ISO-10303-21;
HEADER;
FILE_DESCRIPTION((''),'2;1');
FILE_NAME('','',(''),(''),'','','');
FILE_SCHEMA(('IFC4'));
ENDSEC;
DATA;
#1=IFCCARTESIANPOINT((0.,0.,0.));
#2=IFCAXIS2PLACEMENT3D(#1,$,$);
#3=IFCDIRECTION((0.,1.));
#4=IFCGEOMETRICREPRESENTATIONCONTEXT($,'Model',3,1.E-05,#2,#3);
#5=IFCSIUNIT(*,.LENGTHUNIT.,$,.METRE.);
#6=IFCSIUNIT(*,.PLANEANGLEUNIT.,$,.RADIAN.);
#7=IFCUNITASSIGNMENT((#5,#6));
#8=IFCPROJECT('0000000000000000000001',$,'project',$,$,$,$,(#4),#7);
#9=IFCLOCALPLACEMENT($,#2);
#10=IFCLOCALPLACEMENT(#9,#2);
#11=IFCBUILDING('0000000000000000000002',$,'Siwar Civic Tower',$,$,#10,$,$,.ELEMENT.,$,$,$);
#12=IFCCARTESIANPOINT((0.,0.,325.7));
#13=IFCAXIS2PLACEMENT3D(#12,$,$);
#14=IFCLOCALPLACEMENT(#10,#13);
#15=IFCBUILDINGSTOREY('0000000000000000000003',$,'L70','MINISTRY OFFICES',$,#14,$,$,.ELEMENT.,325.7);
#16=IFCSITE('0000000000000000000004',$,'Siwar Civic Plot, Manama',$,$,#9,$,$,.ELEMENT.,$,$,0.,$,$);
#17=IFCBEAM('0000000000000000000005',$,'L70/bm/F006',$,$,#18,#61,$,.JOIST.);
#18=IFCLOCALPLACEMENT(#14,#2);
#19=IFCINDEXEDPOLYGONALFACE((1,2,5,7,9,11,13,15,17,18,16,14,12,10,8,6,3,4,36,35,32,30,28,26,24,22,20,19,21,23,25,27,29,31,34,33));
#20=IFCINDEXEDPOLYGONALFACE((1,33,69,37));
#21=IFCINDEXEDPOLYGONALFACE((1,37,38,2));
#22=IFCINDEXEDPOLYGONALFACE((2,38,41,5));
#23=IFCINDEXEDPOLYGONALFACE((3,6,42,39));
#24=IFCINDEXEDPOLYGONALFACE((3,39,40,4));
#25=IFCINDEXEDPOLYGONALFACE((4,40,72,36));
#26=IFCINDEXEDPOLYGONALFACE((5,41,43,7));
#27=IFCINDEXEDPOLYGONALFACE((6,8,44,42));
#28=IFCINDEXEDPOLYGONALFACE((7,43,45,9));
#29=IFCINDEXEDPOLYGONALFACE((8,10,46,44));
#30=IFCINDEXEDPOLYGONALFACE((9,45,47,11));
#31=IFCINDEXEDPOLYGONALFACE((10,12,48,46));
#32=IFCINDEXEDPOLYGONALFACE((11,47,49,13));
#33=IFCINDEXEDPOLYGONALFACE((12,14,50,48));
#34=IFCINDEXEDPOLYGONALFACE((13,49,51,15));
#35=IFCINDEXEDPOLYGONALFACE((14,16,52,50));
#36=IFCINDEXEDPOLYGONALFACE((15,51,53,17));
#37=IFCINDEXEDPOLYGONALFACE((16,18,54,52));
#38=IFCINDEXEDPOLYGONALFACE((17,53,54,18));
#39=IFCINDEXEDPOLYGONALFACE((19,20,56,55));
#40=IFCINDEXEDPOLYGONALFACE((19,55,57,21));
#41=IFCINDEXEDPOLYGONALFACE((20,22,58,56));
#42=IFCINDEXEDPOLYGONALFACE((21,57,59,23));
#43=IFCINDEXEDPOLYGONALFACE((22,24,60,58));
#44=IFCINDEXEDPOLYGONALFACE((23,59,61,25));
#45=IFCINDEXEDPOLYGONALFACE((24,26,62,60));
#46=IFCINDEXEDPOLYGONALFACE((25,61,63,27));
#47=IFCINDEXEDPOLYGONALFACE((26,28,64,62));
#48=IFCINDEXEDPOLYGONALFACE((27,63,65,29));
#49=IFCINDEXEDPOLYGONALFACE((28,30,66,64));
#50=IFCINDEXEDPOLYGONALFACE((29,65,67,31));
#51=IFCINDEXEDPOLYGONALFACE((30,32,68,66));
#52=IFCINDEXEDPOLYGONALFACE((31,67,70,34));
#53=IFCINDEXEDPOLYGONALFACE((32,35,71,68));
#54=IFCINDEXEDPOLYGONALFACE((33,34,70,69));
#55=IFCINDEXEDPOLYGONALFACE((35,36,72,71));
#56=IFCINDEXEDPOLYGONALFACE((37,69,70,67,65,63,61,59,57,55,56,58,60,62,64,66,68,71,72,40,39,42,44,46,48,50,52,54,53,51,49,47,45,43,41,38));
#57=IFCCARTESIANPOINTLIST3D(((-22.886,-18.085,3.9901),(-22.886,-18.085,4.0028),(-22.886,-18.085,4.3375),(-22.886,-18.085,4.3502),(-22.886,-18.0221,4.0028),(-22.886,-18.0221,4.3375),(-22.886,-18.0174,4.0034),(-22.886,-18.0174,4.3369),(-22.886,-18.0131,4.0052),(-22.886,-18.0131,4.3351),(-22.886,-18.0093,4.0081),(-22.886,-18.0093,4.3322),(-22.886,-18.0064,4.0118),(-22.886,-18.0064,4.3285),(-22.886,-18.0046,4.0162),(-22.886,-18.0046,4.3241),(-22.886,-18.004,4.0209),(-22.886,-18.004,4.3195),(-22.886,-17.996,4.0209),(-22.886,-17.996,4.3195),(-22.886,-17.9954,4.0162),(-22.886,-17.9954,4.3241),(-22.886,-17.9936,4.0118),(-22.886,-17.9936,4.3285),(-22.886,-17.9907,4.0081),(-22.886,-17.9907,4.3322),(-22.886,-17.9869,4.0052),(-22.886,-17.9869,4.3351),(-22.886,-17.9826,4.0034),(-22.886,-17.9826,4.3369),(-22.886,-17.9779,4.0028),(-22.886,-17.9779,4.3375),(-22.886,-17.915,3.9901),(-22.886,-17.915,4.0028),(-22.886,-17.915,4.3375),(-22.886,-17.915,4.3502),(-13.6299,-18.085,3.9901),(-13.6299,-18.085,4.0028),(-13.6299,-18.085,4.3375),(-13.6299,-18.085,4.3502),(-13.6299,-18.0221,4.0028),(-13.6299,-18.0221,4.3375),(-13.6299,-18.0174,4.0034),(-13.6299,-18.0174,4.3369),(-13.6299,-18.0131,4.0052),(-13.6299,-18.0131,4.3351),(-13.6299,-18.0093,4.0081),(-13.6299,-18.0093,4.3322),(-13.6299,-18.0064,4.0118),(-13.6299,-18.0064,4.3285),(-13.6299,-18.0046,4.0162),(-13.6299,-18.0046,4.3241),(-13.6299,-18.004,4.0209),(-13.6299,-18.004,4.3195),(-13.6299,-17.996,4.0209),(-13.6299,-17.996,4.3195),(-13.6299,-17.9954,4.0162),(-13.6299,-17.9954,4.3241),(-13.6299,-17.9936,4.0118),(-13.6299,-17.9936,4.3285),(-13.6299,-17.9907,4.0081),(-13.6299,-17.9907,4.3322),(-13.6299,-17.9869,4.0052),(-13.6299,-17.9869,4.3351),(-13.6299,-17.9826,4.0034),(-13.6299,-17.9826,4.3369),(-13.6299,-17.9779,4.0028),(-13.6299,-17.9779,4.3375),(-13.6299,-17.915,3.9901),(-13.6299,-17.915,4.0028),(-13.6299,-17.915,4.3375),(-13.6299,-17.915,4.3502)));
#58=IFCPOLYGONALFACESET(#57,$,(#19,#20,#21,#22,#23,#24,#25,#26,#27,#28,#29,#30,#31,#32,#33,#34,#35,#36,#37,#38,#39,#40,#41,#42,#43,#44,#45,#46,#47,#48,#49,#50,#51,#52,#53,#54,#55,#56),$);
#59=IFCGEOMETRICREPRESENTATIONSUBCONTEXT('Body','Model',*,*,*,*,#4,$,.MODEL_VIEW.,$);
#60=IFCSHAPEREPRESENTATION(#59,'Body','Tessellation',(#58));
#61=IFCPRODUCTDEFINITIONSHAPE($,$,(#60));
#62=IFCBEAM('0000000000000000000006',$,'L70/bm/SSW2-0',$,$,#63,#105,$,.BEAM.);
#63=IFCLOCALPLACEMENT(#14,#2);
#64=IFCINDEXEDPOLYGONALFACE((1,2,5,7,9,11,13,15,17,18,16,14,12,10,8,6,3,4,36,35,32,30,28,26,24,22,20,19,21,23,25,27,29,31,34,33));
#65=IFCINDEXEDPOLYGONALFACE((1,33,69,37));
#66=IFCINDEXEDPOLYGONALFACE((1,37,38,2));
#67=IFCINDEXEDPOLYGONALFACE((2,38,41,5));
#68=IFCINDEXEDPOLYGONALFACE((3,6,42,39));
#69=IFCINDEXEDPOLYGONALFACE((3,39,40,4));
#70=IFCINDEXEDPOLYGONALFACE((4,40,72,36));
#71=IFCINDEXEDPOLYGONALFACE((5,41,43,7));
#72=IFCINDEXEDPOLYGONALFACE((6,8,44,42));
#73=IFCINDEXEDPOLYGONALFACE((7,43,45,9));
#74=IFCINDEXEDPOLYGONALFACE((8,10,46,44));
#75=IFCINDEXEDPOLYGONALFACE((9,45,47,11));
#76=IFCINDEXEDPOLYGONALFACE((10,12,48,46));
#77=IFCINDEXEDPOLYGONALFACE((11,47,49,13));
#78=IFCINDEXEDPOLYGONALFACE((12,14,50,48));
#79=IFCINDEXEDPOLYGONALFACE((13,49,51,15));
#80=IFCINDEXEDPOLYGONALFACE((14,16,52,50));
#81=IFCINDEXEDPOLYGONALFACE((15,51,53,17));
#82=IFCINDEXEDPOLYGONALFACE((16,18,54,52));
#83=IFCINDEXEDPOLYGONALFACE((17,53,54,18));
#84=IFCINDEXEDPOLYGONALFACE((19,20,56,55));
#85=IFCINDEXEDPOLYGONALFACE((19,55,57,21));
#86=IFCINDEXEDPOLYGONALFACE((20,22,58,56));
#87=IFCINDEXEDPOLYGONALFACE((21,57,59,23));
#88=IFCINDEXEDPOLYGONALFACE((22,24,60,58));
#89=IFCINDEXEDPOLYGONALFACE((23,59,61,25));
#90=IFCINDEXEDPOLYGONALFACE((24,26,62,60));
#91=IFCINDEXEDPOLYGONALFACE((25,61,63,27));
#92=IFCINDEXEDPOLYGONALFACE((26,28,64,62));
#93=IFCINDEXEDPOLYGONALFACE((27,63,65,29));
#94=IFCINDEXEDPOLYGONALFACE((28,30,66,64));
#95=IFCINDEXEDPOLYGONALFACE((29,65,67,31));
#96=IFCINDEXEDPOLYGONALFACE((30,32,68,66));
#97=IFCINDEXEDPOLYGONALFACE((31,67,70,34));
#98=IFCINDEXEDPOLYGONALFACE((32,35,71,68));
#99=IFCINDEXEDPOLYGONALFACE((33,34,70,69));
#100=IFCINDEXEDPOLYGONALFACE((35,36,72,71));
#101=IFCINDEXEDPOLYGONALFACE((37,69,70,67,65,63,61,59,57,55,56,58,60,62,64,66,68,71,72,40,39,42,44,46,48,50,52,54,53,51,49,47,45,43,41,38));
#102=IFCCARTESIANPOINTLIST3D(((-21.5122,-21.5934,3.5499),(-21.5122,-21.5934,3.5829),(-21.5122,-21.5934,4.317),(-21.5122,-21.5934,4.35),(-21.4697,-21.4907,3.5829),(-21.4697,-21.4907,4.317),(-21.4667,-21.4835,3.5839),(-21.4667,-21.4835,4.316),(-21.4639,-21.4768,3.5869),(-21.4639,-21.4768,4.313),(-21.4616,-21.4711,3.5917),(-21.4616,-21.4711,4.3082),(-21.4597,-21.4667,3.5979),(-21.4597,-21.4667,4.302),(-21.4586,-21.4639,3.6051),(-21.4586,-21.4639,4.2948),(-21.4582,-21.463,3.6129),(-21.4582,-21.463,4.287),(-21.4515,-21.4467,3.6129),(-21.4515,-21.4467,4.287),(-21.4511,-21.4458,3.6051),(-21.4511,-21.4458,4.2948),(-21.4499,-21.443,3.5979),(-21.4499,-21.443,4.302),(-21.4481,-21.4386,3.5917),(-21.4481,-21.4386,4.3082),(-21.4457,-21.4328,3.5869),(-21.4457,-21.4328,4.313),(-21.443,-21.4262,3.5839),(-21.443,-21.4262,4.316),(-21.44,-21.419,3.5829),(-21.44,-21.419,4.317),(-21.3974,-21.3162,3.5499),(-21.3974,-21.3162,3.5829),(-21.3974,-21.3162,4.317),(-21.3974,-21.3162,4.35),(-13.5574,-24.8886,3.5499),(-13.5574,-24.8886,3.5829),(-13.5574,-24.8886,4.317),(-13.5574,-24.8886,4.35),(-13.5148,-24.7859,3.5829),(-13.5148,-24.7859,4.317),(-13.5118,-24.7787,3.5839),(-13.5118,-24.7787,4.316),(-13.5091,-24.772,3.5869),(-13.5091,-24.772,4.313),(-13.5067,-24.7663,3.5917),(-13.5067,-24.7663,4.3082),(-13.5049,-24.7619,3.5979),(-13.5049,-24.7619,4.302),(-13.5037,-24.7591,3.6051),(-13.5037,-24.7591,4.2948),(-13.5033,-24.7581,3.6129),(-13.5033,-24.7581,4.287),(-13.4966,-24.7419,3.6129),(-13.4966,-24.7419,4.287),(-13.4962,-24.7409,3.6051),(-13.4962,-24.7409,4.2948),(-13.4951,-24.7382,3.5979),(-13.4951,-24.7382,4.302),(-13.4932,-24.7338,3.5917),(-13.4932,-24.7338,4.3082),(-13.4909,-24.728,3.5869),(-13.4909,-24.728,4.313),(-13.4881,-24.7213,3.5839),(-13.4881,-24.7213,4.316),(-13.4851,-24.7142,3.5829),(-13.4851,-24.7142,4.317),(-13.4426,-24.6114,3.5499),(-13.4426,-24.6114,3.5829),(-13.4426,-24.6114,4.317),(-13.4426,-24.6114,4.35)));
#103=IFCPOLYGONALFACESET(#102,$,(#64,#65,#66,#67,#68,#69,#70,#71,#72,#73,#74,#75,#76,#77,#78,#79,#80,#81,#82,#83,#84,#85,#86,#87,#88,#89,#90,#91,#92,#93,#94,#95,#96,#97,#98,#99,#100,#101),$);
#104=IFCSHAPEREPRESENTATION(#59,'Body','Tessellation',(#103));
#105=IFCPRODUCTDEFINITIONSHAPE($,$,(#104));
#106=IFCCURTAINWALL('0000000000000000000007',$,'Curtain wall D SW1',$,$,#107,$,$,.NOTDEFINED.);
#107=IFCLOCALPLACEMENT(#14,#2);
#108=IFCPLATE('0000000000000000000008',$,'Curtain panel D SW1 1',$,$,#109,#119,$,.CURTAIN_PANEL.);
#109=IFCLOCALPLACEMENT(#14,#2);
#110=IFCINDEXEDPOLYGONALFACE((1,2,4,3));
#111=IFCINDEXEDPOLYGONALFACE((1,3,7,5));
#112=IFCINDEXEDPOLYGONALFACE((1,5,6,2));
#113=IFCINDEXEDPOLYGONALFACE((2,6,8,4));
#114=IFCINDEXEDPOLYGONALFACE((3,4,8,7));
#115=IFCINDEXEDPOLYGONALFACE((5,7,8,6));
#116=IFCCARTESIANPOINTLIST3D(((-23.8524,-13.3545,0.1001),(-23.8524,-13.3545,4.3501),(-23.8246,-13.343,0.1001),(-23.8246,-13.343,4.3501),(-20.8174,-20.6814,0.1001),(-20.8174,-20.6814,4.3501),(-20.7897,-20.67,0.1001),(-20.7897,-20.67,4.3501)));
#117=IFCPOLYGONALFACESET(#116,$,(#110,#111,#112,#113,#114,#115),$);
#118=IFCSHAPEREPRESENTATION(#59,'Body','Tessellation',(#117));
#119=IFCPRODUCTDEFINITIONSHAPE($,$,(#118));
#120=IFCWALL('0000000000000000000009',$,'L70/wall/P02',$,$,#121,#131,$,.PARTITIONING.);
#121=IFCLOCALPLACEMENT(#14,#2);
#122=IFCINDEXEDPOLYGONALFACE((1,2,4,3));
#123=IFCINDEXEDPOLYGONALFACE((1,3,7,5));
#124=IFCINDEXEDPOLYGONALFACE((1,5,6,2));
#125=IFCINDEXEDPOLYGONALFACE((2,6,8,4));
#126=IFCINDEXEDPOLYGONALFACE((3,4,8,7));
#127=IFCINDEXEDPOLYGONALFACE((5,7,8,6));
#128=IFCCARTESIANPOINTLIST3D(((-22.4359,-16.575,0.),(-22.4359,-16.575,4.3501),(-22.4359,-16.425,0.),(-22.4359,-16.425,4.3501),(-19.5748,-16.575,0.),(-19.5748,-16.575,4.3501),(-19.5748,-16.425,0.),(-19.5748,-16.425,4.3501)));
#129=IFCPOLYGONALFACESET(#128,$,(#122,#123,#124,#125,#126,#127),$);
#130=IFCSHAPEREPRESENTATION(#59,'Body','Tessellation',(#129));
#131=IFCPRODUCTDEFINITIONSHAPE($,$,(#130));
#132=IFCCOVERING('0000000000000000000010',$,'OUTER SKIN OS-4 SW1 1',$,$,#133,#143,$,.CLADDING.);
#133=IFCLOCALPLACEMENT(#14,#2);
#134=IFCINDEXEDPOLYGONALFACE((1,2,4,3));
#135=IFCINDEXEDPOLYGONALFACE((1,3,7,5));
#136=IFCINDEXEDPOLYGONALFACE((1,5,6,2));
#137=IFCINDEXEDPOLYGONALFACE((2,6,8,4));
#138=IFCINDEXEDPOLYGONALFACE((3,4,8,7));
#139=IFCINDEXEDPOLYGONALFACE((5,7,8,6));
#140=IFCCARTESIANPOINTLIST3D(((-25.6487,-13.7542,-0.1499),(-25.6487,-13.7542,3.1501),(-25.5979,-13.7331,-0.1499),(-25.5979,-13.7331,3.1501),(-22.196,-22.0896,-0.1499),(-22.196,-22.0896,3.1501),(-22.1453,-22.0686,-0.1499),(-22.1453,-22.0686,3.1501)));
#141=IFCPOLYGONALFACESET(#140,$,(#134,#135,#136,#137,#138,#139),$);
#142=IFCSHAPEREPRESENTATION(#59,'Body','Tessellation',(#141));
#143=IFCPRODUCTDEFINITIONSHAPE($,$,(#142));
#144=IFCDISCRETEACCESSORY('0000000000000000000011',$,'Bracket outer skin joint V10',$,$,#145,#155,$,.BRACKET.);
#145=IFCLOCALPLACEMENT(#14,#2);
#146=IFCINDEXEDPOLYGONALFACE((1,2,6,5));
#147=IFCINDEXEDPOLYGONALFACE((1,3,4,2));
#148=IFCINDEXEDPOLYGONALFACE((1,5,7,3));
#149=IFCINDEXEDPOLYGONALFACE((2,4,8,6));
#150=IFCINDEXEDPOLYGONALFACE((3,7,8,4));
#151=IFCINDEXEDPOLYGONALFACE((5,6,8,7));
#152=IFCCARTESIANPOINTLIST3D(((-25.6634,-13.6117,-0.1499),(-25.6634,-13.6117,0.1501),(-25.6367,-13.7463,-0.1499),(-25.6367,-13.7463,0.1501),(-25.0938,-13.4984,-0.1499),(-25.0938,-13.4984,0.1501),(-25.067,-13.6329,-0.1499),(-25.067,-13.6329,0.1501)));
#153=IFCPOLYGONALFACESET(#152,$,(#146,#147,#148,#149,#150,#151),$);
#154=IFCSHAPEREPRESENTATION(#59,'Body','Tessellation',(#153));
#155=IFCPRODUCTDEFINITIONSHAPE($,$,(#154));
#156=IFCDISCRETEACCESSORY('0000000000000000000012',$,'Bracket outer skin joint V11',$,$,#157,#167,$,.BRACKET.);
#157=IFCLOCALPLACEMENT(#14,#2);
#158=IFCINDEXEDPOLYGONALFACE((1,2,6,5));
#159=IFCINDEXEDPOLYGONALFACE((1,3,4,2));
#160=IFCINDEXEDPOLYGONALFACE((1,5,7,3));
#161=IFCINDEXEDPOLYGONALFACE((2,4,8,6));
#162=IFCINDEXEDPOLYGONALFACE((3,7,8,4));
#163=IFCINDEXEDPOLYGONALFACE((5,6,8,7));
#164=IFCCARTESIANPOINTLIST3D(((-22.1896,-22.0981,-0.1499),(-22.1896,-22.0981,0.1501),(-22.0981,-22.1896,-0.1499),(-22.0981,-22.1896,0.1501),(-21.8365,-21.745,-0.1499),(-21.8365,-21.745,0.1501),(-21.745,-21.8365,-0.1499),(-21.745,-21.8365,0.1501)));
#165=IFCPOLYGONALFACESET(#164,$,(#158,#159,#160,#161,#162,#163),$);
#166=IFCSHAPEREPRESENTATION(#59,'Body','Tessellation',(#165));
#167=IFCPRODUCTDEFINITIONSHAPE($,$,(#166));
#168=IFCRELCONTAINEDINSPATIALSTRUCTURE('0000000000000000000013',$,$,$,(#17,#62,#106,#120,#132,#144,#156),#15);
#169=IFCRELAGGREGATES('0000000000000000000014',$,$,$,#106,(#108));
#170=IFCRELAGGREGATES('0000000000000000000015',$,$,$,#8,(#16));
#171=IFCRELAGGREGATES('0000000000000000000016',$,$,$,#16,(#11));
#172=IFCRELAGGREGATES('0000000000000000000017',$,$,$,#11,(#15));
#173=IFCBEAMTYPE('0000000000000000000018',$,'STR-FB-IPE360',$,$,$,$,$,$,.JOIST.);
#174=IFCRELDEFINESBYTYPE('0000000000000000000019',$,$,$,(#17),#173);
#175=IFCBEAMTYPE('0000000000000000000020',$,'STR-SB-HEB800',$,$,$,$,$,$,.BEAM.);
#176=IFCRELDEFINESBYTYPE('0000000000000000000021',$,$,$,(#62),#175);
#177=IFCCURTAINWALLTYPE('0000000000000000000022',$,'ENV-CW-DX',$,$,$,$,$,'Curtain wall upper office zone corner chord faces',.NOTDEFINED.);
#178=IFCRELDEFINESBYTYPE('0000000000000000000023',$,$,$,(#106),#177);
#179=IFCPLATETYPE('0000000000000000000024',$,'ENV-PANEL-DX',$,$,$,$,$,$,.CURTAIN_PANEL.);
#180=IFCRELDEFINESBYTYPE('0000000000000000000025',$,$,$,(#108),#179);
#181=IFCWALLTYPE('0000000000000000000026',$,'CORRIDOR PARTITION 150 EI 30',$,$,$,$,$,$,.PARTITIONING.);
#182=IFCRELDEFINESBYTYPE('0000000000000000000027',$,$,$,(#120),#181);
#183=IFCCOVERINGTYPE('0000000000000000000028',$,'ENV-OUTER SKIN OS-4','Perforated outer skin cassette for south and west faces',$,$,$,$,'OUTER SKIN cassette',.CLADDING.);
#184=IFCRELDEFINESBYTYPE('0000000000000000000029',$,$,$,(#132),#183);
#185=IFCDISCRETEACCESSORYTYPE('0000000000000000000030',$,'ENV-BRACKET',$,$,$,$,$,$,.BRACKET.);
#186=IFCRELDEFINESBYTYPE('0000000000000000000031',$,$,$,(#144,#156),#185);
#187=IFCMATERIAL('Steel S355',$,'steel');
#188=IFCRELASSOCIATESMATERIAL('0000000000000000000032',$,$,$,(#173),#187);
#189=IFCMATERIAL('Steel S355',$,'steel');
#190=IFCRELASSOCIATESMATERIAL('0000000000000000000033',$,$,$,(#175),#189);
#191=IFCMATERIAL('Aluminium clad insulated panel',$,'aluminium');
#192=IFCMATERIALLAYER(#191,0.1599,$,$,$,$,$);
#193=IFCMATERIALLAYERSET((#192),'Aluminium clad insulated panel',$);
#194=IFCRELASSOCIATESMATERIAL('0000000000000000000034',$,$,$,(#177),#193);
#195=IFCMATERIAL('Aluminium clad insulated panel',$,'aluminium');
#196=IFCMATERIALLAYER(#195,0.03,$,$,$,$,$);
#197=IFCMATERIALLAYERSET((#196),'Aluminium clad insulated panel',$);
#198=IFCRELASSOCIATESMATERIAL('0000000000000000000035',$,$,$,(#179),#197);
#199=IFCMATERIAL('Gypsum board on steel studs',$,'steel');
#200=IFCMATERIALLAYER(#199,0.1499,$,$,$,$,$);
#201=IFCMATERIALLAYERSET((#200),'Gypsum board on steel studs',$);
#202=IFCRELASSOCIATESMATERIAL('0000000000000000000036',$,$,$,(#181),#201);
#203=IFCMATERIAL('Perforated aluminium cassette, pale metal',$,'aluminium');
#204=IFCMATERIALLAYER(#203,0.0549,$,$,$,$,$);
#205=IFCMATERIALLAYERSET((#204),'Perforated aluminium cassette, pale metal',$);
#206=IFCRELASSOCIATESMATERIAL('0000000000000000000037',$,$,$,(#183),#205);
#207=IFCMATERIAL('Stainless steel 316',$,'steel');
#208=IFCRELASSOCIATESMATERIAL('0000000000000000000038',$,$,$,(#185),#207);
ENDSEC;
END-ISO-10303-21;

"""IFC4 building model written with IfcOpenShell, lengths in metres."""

from ifc_helpers import new_model, si_unit, direction, frame, frame_2d, origin, origin_2d, place, context, subcontext, project, spatial, rectangle, i_section, extrude, material, layer, layer_set, material_profile, profile_set, type_object, element, aggregate, save


model = new_model("IFC4")

# Units and contexts
model_context = context("Model", 3, precision=1e-05, world=origin(), true_north=direction((0.0, 1.0)))
body_context = subcontext(model_context, "Body", "Model", "MODEL_VIEW")
ifc_project = project(units=[si_unit("LENGTHUNIT", "METRE"), si_unit("PLANEANGLEUNIT", "RADIAN")], contexts=[model_context])

# Site, building, storey
site_placement = place(None, origin())
site = spatial("IfcSite", under=ifc_project, at=site_placement, Name="Siwar Civic Plot, Manama", CompositionType="ELEMENT", RefElevation=0.0)
building_placement = place(site_placement, origin())
building = spatial("IfcBuilding", under=site, at=building_placement, Name="Siwar Civic Tower", CompositionType="ELEMENT")
storey_placement = place(building_placement, frame((0.0, 0.0, 325.7)))
storey = spatial("IfcBuildingStorey", under=building, at=storey_placement, Name="L70", Description="MINISTRY OFFICES", CompositionType="ELEMENT", Elevation=325.7)

# Beams
ifc_material_1 = material(Name="Steel S355", Category="steel")
ifc_material_profile_1 = material_profile(ifc_material_1, i_section(OverallWidth=0.1699, OverallDepth=0.3601, WebThickness=0.0081, FlangeThickness=0.0127, FilletRadius=0.0181, at=origin_2d()), Name="IPE360")
ifc_profile_set_1 = profile_set([ifc_material_profile_1], Name="Steel S355")
beam_type_1 = type_object("IfcBeamType", Name="STR-FB-IPE360", PredefinedType="JOIST", material=ifc_profile_set_1)
beam_1_placement = place(storey_placement, frame((-22.886, -18.0, 4.1702), z_axis=(1.0, 0.0, 0.0), x_axis=(0.0, 1.0, 0.0)))
element("IfcBeam", 1, at=beam_1_placement, inside=storey, type_object=beam_type_1, Name="L70/bm/F006", PredefinedType="JOIST", context=body_context, shape_type="SweptSolid", body=[
    extrude(i_section(OverallWidth=0.1699, OverallDepth=0.3601, WebThickness=0.0081, FlangeThickness=0.0127, FilletRadius=0.0181, at=origin_2d()), origin(), (0.0, 0.0, 1.0), 9.2561),
])
ifc_material_2 = material(Name="Steel S355", Category="steel")
ifc_material_profile_2 = material_profile(ifc_material_2, i_section(OverallWidth=0.3, OverallDepth=0.8, WebThickness=0.0176, FlangeThickness=0.033, FilletRadius=0.03, at=origin_2d()), Name="HEB800")
ifc_profile_set_2 = profile_set([ifc_material_profile_2], Name="Steel S355")
beam_type_2 = type_object("IfcBeamType", Name="STR-SB-HEB800", PredefinedType="BEAM", material=ifc_profile_set_2)
beam_2_placement = place(storey_placement, frame((-21.4548, -21.4548, 3.95), z_axis=(0.923873, -0.3827, 0.0), x_axis=(0.3827, 0.923873, 0.0)))
element("IfcBeam", 2, at=beam_2_placement, inside=storey, type_object=beam_type_2, Name="L70/bm/SSW2-0", PredefinedType="BEAM", context=body_context, shape_type="SweptSolid", body=[
    extrude(i_section(OverallWidth=0.3, OverallDepth=0.8, WebThickness=0.0176, FlangeThickness=0.033, FilletRadius=0.03, at=origin_2d()), origin(), (0.0, 0.0, 1.0), 8.6104),
])

# Curtain wall, plate
ifc_material_3 = material(Name="Aluminium clad insulated panel", Category="aluminium")
ifc_layer_1 = layer(ifc_material_3, 0.1599)
ifc_layer_set_1 = layer_set([ifc_layer_1], Name="Aluminium clad insulated panel")
curtain_wall_type = type_object("IfcCurtainWallType", Name="ENV-CW-DX", ElementType="Curtain wall upper office zone corner chord faces", PredefinedType="NOTDEFINED", material=ifc_layer_set_1)
curtain_wall_placement = place(storey_placement, origin())
curtain_wall = element("IfcCurtainWall", 3, at=curtain_wall_placement, inside=storey, type_object=curtain_wall_type, Name="Curtain wall D SW1", PredefinedType="NOTDEFINED")
ifc_material_4 = material(Name="Aluminium clad insulated panel", Category="aluminium")
ifc_layer_2 = layer(ifc_material_4, 0.03)
ifc_layer_set_2 = layer_set([ifc_layer_2], Name="Aluminium clad insulated panel")
plate_type = type_object("IfcPlateType", Name="ENV-PANEL-DX", PredefinedType="CURTAIN_PANEL", material=ifc_layer_set_2)
plate_placement = place(storey_placement, frame((-22.321, -17.0122, 0.1001), z_axis=(0.0, 0.0, 1.0), x_axis=(0.382683, -0.92388, 0.0)))
plate = element("IfcPlate", 4, at=plate_placement, type_object=plate_type, Name="Curtain panel D SW1 1", PredefinedType="CURTAIN_PANEL", context=body_context, shape_type="SweptSolid", body=[
    extrude(rectangle(XDim=7.9307, YDim=0.03, at=origin_2d()), origin(), (0.0, 0.0, 1.0), 4.25),
])
aggregate(curtain_wall, [plate])

# Wall
ifc_material_5 = material(Name="Gypsum board on steel studs", Category="steel")
ifc_layer_3 = layer(ifc_material_5, 0.1499)
ifc_layer_set_3 = layer_set([ifc_layer_3], Name="Gypsum board on steel studs")
wall_type = type_object("IfcWallType", Name="CORRIDOR PARTITION 150 EI 30", PredefinedType="PARTITIONING", material=ifc_layer_set_3)
wall_placement = place(storey_placement, frame((-22.436, -16.5, 0.0), z_axis=(0.0, 0.0, 1.0), x_axis=(1.0, 0.0, 0.0)))
element("IfcWall", 5, at=wall_placement, inside=storey, type_object=wall_type, Name="L70/wall/P02", PredefinedType="PARTITIONING", context=body_context, shape_type="SweptSolid", body=[
    extrude(rectangle(XDim=2.8611, YDim=0.1499, at=frame_2d((1.4307, 0.0))), origin(), (0.0, 0.0, 1.0), 4.3501),
])

# Covering
ifc_material_6 = material(Name="Perforated aluminium cassette, pale metal", Category="aluminium")
ifc_layer_4 = layer(ifc_material_6, 0.0549)
ifc_layer_set_4 = layer_set([ifc_layer_4], Name="Perforated aluminium cassette, pale metal")
covering_type = type_object("IfcCoveringType", Name="ENV-OUTER SKIN OS-4", Description="Perforated outer skin cassette for south and west faces", ElementType="OUTER SKIN cassette", PredefinedType="CLADDING", material=ifc_layer_set_4)
covering_placement = place(storey_placement, frame((-23.897, -17.9114, -0.1499), z_axis=(0.0, 0.0, 1.0), x_axis=(0.382683, -0.92388, 0.0)))
element("IfcCovering", 6, at=covering_placement, inside=storey, type_object=covering_type, Name="OUTER SKIN OS-4 SW1 1", PredefinedType="CLADDING", context=body_context, shape_type="SweptSolid", body=[
    extrude(rectangle(XDim=9.0222, YDim=0.0549, at=origin_2d()), origin(), (0.0, 0.0, 1.0), 3.3),
])

# Discrete accessories
ifc_material_7 = material(Name="Stainless steel 316", Category="steel")
discrete_accessory_type = type_object("IfcDiscreteAccessoryType", Name="ENV-BRACKET", PredefinedType="BRACKET", material=ifc_material_7)
discrete_accessory_1_placement = place(storey_placement, frame((-25.3652, -13.6223, -0.1499), z_axis=(0.0, 0.0, 1.0), x_axis=(-0.980785, -0.19509, 0.0)))
element("IfcDiscreteAccessory", 7, at=discrete_accessory_1_placement, inside=storey, type_object=discrete_accessory_type, Name="Bracket outer skin joint V10", PredefinedType="BRACKET", context=body_context, shape_type="SweptSolid", body=[
    extrude(rectangle(XDim=0.5808, YDim=0.1372, at=origin_2d()), origin(), (0.0, 0.0, 1.0), 0.3),
])
discrete_accessory_2_placement = place(storey_placement, frame((-21.9673, -21.9673, -0.1499), z_axis=(0.0, 0.0, 1.0), x_axis=(-0.707107, -0.707107, 0.0)))
element("IfcDiscreteAccessory", 8, at=discrete_accessory_2_placement, inside=storey, type_object=discrete_accessory_type, Name="Bracket outer skin joint V11", PredefinedType="BRACKET", context=body_context, shape_type="SweptSolid", body=[
    extrude(rectangle(XDim=0.4993, YDim=0.1294, at=origin_2d()), origin(), (0.0, 0.0, 1.0), 0.3),
])

save(model, "model.ifc")
